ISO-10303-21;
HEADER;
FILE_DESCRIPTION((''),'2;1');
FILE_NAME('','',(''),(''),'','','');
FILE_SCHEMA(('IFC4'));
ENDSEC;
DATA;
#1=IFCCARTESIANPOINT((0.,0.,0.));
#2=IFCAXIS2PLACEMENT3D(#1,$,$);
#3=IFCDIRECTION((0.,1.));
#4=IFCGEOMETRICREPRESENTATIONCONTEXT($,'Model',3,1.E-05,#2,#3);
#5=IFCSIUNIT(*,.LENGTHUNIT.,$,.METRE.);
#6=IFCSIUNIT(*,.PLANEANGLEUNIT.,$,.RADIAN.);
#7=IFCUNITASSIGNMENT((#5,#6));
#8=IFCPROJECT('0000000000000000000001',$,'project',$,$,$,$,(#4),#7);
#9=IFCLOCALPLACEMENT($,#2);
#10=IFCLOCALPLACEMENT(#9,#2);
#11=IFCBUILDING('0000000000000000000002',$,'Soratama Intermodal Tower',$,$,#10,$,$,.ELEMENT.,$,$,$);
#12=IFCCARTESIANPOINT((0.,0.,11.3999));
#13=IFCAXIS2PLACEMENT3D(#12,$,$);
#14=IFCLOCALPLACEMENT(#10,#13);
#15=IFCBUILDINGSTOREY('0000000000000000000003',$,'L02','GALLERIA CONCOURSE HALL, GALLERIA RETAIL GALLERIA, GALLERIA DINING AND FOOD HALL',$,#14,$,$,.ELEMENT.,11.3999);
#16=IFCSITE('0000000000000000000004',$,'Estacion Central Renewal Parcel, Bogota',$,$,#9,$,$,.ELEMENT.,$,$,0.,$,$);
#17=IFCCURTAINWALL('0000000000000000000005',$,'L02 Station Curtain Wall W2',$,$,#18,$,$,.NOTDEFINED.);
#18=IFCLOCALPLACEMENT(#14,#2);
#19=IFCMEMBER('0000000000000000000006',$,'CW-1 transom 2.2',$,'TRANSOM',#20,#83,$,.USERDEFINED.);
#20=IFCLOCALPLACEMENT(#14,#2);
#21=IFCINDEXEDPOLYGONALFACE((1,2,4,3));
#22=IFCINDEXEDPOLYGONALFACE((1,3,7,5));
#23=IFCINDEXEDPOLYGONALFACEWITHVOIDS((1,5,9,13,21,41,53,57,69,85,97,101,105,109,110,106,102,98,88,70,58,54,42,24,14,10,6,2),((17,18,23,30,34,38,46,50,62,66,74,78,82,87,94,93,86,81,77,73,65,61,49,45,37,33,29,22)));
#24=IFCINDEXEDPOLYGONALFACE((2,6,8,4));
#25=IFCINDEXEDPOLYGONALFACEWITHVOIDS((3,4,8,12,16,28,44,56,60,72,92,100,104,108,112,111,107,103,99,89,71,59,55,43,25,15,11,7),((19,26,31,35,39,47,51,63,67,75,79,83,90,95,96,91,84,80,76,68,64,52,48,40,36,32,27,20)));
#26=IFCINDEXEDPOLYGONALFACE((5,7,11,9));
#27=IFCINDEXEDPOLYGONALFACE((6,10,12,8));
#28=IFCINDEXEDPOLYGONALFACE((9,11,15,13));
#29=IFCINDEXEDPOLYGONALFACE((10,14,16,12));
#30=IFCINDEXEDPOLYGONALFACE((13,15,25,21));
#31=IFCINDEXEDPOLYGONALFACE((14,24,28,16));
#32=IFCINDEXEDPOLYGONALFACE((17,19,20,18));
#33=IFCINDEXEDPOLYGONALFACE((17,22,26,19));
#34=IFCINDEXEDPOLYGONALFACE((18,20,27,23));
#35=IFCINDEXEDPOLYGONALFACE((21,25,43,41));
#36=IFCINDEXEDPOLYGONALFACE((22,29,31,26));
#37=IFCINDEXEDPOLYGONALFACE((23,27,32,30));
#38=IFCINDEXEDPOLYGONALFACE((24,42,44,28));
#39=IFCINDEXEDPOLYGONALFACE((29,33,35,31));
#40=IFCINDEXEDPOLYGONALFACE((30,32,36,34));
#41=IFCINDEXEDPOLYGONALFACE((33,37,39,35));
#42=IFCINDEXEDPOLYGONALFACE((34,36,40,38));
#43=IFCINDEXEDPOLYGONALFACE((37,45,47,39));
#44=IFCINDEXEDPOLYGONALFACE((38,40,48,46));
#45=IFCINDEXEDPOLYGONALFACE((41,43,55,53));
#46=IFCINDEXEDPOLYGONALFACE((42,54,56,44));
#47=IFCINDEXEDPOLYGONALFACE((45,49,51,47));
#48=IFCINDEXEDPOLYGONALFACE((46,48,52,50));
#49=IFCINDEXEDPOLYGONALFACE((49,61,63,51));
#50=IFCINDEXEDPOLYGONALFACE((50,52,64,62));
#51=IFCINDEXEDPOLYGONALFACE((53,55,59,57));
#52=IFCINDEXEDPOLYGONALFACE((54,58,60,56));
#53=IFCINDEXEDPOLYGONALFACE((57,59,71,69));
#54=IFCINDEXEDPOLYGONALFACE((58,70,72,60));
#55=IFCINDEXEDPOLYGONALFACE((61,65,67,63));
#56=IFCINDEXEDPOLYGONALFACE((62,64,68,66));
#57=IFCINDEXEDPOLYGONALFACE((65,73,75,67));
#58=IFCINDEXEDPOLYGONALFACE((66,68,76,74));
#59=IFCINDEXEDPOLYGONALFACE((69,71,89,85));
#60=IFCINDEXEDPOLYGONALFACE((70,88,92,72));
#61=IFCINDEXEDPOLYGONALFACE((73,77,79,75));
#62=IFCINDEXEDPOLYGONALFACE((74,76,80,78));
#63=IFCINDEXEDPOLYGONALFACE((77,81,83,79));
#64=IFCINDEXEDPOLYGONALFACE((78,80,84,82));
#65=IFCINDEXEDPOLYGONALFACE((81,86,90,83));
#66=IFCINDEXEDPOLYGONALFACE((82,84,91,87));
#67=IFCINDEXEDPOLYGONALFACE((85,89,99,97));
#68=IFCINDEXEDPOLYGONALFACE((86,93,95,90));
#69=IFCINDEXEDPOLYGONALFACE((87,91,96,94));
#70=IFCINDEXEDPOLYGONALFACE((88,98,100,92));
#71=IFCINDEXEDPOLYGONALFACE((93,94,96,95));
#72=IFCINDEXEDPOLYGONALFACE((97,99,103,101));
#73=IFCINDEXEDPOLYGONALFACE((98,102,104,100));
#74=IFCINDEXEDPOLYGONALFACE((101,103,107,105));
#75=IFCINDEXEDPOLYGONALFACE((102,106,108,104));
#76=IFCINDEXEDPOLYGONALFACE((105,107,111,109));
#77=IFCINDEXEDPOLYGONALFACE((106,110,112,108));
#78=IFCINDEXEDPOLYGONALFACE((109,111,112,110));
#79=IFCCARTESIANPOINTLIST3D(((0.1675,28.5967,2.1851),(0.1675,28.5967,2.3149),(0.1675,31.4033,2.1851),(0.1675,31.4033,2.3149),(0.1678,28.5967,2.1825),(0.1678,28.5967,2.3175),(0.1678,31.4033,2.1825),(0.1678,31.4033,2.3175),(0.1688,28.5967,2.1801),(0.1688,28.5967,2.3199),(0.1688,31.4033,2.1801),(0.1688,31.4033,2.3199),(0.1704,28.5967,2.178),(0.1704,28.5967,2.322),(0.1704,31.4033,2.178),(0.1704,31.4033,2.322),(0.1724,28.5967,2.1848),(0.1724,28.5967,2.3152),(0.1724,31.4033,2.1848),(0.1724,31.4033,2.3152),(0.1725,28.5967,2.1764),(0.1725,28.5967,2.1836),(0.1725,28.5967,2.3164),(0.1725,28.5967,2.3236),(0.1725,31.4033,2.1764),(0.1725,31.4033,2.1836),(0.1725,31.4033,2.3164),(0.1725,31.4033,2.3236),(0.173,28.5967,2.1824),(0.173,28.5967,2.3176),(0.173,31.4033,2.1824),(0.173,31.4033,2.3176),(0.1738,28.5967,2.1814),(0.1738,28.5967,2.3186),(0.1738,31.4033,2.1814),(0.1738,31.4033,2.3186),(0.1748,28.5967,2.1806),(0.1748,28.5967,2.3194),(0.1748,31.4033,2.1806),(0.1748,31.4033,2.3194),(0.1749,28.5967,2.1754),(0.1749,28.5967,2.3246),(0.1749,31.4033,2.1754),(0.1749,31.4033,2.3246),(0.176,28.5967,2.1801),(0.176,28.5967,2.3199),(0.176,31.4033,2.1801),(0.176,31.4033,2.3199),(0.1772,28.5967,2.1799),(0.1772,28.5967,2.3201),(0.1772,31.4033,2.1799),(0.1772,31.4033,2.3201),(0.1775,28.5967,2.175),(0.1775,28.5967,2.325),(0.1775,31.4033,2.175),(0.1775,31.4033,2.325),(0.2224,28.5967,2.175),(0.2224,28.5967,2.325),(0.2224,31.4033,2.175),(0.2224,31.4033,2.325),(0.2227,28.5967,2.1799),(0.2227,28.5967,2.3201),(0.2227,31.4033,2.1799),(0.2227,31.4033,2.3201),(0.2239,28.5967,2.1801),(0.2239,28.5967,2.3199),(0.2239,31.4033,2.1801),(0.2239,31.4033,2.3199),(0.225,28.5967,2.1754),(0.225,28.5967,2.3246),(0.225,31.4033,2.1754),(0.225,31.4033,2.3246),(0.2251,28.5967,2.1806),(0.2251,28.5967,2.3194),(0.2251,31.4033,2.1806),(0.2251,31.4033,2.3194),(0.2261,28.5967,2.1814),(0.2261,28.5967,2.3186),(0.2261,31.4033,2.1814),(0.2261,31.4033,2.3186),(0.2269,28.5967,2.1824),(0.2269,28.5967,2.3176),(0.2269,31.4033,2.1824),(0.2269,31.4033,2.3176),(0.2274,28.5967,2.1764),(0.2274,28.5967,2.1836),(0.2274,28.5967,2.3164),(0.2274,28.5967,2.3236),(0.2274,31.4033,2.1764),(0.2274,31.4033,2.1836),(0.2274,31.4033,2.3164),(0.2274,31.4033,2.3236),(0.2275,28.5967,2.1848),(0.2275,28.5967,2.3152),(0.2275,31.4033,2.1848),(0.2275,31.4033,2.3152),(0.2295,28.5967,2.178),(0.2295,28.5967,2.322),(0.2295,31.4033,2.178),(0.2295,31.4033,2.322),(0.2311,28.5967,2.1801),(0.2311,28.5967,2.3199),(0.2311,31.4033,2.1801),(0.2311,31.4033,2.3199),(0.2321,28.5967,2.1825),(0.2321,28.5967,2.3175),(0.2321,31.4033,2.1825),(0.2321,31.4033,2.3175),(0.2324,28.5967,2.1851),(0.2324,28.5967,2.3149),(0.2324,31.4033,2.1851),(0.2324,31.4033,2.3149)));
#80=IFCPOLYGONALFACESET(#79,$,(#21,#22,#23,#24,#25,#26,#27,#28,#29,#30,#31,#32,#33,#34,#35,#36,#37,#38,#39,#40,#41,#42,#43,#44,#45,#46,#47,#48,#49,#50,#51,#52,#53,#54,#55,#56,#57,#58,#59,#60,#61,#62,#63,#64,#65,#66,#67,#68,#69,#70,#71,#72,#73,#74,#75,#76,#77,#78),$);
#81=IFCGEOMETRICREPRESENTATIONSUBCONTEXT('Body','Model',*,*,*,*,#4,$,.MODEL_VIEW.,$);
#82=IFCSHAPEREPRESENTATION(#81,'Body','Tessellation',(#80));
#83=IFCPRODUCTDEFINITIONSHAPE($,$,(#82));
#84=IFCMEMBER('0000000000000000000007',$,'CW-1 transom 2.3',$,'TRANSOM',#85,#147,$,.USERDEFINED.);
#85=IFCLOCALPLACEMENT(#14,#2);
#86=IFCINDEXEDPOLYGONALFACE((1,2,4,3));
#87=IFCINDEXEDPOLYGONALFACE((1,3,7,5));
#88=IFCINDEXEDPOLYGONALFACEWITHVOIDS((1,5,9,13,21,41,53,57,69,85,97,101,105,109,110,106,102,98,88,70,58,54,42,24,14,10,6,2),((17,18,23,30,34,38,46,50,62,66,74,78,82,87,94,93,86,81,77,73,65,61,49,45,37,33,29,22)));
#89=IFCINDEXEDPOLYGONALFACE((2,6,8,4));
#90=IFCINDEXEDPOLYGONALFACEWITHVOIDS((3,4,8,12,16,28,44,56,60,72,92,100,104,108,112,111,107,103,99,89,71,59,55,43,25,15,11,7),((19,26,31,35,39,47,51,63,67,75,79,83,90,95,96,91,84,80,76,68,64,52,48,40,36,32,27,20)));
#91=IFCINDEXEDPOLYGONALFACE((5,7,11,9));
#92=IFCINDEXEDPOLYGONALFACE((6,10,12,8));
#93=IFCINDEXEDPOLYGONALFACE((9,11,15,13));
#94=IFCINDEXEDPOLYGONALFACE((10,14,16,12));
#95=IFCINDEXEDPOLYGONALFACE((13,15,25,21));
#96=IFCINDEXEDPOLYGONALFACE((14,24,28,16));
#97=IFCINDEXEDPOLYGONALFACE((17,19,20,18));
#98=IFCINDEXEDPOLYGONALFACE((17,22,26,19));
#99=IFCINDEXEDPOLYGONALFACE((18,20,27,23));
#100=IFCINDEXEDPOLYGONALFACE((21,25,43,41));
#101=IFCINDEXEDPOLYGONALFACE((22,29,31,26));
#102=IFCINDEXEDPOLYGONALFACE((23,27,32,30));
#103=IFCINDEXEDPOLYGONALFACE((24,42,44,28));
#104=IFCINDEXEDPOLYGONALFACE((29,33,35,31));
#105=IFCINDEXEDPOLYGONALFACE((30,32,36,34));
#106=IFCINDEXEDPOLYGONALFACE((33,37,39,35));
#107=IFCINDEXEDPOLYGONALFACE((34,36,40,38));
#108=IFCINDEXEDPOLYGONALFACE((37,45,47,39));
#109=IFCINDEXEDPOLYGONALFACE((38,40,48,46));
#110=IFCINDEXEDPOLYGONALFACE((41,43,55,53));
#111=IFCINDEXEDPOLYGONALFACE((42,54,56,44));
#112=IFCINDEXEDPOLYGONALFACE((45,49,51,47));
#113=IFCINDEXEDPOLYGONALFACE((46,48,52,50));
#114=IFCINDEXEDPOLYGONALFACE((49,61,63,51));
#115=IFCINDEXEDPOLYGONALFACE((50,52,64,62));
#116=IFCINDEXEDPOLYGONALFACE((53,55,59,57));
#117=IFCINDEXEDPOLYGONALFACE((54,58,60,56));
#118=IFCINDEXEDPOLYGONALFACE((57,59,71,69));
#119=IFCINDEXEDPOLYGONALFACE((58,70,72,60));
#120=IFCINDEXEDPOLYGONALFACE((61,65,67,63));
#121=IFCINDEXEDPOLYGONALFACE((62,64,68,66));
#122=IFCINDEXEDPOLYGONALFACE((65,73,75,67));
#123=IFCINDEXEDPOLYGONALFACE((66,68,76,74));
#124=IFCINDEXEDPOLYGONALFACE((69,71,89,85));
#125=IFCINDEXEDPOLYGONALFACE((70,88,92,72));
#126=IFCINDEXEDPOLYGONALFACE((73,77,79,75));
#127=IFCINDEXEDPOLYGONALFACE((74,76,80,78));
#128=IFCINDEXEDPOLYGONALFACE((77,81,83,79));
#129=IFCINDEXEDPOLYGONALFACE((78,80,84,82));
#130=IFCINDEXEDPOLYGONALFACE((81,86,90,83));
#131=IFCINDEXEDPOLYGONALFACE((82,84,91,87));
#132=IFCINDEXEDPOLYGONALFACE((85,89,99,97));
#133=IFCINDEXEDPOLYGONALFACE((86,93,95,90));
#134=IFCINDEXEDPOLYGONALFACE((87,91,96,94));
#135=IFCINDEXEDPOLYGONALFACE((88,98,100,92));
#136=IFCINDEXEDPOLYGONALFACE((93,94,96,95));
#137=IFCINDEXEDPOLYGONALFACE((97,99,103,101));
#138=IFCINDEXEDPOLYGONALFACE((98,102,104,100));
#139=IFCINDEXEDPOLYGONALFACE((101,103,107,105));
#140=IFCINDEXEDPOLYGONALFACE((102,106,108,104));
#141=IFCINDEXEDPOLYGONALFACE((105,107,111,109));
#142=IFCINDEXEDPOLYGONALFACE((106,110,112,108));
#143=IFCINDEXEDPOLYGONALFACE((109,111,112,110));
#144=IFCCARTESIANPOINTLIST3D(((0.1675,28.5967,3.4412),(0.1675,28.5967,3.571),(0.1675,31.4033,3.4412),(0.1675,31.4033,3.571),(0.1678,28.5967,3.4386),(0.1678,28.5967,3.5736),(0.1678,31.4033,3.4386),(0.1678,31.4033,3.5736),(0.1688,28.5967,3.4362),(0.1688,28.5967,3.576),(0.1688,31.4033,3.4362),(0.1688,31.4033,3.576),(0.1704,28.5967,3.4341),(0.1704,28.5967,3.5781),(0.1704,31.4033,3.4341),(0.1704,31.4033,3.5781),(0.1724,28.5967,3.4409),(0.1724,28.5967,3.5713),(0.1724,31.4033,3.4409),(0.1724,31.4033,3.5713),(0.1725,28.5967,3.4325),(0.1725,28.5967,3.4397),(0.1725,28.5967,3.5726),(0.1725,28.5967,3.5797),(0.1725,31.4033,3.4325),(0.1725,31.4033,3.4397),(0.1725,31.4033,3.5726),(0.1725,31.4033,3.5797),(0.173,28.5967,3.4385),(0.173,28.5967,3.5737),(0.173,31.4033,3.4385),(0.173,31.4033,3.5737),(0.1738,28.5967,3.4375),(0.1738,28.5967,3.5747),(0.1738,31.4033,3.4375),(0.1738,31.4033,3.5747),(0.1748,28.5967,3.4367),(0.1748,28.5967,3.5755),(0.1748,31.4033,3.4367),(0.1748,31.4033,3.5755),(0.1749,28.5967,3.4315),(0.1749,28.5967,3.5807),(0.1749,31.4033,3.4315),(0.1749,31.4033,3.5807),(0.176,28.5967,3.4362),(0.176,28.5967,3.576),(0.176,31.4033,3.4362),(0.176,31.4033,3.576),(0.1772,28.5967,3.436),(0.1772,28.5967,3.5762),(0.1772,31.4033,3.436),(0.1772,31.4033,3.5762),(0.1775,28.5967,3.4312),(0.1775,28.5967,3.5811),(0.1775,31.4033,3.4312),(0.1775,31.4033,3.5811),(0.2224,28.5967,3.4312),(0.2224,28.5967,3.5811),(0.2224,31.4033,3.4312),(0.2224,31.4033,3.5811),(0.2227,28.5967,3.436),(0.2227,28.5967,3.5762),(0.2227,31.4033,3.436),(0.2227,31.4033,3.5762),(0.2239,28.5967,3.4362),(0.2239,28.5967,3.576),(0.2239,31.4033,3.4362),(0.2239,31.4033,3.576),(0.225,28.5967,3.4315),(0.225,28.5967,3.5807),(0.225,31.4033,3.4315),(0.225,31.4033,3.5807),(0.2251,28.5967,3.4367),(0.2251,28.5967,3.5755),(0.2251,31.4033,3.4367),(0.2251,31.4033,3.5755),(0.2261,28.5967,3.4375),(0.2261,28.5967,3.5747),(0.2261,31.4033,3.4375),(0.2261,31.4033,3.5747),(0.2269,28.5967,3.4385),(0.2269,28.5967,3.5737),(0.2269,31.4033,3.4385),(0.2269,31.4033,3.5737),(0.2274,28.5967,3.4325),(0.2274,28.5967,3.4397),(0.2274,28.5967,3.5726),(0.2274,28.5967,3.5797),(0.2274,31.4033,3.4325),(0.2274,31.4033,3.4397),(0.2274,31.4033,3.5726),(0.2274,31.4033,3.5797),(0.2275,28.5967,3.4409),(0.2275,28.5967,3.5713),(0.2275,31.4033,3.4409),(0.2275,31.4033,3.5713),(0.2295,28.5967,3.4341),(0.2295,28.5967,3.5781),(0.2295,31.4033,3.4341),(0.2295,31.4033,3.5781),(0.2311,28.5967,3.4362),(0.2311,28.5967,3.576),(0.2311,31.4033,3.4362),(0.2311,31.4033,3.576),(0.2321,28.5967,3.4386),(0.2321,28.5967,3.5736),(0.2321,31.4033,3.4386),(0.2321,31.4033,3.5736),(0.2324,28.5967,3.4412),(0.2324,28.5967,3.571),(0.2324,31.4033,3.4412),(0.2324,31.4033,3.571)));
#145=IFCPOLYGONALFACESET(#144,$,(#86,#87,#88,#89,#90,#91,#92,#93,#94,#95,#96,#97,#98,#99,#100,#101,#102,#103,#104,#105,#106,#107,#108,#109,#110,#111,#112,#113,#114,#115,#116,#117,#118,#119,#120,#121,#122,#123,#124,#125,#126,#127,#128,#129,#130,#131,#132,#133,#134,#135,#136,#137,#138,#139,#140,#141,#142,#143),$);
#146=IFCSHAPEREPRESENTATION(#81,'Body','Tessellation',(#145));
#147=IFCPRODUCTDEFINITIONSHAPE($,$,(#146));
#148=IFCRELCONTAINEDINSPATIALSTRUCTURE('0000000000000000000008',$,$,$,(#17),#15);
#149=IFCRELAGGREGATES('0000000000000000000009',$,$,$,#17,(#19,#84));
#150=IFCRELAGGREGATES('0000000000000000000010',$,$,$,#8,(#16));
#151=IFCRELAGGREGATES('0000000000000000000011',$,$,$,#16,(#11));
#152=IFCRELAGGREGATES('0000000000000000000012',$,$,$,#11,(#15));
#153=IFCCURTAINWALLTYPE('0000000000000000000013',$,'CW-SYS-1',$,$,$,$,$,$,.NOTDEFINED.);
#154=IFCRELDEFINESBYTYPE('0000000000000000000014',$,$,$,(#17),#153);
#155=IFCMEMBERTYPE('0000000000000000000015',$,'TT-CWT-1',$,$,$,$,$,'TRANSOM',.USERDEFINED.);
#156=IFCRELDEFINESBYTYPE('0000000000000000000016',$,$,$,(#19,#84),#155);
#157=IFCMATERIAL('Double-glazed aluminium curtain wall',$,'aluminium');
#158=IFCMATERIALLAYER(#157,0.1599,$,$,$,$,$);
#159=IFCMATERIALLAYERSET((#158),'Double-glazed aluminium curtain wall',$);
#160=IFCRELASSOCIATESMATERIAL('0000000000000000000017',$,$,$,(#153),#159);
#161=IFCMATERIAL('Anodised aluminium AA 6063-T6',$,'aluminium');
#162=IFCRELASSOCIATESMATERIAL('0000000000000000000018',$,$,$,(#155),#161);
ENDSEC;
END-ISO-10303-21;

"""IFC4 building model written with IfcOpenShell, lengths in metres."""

from ifc_helpers import new_model, si_unit, direction, frame, origin, origin_2d, place, context, subcontext, project, spatial, hollow_rectangle, extrude, material, layer, layer_set, material_profile, profile_set, type_object, element, aggregate, save


model = new_model("IFC4")

# Units and contexts
model_context = context("Model", 3, precision=1e-05, world=origin(), true_north=direction((0.0, 1.0)))
body_context = subcontext(model_context, "Body", "Model", "MODEL_VIEW")
ifc_project = project(units=[si_unit("LENGTHUNIT", "METRE"), si_unit("PLANEANGLEUNIT", "RADIAN")], contexts=[model_context])

# Site, building, storey
site_placement = place(None, origin())
site = spatial("IfcSite", under=ifc_project, at=site_placement, Name="Estacion Central Renewal Parcel, Bogota", CompositionType="ELEMENT", RefElevation=0.0)
building_placement = place(site_placement, origin())
building = spatial("IfcBuilding", under=site, at=building_placement, Name="Soratama Intermodal Tower", CompositionType="ELEMENT")
storey_placement = place(building_placement, frame((0.0, 0.0, 11.3999)))
storey = spatial("IfcBuildingStorey", under=building, at=storey_placement, Name="L02", Description="GALLERIA CONCOURSE HALL, GALLERIA RETAIL GALLERIA, GALLERIA DINING AND FOOD HALL", CompositionType="ELEMENT", Elevation=11.3999)

# Curtain wall, members
ifc_material_1 = material(Name="Double-glazed aluminium curtain wall", Category="aluminium")
ifc_layer_1 = layer(ifc_material_1, 0.1599)
ifc_layer_set_1 = layer_set([ifc_layer_1], Name="Double-glazed aluminium curtain wall")
curtain_wall_type = type_object("IfcCurtainWallType", Name="CW-SYS-1", PredefinedType="NOTDEFINED", material=ifc_layer_set_1)
curtain_wall_placement = place(storey_placement, origin())
curtain_wall = element("IfcCurtainWall", 1, at=curtain_wall_placement, inside=storey, type_object=curtain_wall_type, Name="L02 Station Curtain Wall W2", PredefinedType="NOTDEFINED")
ifc_material_2 = material(Name="Anodised aluminium AA 6063-T6", Category="aluminium")
ifc_material_profile_1 = material_profile(ifc_material_2, hollow_rectangle(XDim=0.0649, YDim=0.1499, WallThickness=0.0049, InnerFilletRadius=0.0049, OuterFilletRadius=0.01, at=origin_2d()), Name="CWT150X65X5")
ifc_profile_set_1 = profile_set([ifc_material_profile_1], Name="Anodised aluminium AA 6063-T6")
member_type_1 = type_object("IfcMemberType", Name="TT-CWT-1", ElementType="TRANSOM", PredefinedType="USERDEFINED", material=ifc_profile_set_1)
member_1_placement = place(storey_placement, frame((0.2, 28.5967, 2.25), z_axis=(0.0, 1.0, 0.0), x_axis=(-1.0, 0.0, 0.0)))
member_1 = element("IfcMember", 2, at=member_1_placement, type_object=member_type_1, Name="CW-1 transom 2.2", ObjectType="TRANSOM", PredefinedType="USERDEFINED", context=body_context, shape_type="SweptSolid", body=[
    extrude(hollow_rectangle(XDim=0.0649, YDim=0.1499, WallThickness=0.0049, InnerFilletRadius=0.0049, OuterFilletRadius=0.01, at=origin_2d()), origin(), (0.0, 0.0, 1.0), 2.8066),
])
member_2_placement = place(storey_placement, frame((0.2, 28.5967, 3.5061), z_axis=(0.0, 1.0, 0.0), x_axis=(-1.0, 0.0, 0.0)))
member_2 = element("IfcMember", 3, at=member_2_placement, type_object=member_type_1, Name="CW-1 transom 2.3", ObjectType="TRANSOM", PredefinedType="USERDEFINED", context=body_context, shape_type="SweptSolid", body=[
    extrude(hollow_rectangle(XDim=0.0649, YDim=0.1499, WallThickness=0.0049, InnerFilletRadius=0.0049, OuterFilletRadius=0.01, at=origin_2d()), origin(), (0.0, 0.0, 1.0), 2.8066),
])
aggregate(curtain_wall, [member_1, member_2])

save(model, "model.ifc")
